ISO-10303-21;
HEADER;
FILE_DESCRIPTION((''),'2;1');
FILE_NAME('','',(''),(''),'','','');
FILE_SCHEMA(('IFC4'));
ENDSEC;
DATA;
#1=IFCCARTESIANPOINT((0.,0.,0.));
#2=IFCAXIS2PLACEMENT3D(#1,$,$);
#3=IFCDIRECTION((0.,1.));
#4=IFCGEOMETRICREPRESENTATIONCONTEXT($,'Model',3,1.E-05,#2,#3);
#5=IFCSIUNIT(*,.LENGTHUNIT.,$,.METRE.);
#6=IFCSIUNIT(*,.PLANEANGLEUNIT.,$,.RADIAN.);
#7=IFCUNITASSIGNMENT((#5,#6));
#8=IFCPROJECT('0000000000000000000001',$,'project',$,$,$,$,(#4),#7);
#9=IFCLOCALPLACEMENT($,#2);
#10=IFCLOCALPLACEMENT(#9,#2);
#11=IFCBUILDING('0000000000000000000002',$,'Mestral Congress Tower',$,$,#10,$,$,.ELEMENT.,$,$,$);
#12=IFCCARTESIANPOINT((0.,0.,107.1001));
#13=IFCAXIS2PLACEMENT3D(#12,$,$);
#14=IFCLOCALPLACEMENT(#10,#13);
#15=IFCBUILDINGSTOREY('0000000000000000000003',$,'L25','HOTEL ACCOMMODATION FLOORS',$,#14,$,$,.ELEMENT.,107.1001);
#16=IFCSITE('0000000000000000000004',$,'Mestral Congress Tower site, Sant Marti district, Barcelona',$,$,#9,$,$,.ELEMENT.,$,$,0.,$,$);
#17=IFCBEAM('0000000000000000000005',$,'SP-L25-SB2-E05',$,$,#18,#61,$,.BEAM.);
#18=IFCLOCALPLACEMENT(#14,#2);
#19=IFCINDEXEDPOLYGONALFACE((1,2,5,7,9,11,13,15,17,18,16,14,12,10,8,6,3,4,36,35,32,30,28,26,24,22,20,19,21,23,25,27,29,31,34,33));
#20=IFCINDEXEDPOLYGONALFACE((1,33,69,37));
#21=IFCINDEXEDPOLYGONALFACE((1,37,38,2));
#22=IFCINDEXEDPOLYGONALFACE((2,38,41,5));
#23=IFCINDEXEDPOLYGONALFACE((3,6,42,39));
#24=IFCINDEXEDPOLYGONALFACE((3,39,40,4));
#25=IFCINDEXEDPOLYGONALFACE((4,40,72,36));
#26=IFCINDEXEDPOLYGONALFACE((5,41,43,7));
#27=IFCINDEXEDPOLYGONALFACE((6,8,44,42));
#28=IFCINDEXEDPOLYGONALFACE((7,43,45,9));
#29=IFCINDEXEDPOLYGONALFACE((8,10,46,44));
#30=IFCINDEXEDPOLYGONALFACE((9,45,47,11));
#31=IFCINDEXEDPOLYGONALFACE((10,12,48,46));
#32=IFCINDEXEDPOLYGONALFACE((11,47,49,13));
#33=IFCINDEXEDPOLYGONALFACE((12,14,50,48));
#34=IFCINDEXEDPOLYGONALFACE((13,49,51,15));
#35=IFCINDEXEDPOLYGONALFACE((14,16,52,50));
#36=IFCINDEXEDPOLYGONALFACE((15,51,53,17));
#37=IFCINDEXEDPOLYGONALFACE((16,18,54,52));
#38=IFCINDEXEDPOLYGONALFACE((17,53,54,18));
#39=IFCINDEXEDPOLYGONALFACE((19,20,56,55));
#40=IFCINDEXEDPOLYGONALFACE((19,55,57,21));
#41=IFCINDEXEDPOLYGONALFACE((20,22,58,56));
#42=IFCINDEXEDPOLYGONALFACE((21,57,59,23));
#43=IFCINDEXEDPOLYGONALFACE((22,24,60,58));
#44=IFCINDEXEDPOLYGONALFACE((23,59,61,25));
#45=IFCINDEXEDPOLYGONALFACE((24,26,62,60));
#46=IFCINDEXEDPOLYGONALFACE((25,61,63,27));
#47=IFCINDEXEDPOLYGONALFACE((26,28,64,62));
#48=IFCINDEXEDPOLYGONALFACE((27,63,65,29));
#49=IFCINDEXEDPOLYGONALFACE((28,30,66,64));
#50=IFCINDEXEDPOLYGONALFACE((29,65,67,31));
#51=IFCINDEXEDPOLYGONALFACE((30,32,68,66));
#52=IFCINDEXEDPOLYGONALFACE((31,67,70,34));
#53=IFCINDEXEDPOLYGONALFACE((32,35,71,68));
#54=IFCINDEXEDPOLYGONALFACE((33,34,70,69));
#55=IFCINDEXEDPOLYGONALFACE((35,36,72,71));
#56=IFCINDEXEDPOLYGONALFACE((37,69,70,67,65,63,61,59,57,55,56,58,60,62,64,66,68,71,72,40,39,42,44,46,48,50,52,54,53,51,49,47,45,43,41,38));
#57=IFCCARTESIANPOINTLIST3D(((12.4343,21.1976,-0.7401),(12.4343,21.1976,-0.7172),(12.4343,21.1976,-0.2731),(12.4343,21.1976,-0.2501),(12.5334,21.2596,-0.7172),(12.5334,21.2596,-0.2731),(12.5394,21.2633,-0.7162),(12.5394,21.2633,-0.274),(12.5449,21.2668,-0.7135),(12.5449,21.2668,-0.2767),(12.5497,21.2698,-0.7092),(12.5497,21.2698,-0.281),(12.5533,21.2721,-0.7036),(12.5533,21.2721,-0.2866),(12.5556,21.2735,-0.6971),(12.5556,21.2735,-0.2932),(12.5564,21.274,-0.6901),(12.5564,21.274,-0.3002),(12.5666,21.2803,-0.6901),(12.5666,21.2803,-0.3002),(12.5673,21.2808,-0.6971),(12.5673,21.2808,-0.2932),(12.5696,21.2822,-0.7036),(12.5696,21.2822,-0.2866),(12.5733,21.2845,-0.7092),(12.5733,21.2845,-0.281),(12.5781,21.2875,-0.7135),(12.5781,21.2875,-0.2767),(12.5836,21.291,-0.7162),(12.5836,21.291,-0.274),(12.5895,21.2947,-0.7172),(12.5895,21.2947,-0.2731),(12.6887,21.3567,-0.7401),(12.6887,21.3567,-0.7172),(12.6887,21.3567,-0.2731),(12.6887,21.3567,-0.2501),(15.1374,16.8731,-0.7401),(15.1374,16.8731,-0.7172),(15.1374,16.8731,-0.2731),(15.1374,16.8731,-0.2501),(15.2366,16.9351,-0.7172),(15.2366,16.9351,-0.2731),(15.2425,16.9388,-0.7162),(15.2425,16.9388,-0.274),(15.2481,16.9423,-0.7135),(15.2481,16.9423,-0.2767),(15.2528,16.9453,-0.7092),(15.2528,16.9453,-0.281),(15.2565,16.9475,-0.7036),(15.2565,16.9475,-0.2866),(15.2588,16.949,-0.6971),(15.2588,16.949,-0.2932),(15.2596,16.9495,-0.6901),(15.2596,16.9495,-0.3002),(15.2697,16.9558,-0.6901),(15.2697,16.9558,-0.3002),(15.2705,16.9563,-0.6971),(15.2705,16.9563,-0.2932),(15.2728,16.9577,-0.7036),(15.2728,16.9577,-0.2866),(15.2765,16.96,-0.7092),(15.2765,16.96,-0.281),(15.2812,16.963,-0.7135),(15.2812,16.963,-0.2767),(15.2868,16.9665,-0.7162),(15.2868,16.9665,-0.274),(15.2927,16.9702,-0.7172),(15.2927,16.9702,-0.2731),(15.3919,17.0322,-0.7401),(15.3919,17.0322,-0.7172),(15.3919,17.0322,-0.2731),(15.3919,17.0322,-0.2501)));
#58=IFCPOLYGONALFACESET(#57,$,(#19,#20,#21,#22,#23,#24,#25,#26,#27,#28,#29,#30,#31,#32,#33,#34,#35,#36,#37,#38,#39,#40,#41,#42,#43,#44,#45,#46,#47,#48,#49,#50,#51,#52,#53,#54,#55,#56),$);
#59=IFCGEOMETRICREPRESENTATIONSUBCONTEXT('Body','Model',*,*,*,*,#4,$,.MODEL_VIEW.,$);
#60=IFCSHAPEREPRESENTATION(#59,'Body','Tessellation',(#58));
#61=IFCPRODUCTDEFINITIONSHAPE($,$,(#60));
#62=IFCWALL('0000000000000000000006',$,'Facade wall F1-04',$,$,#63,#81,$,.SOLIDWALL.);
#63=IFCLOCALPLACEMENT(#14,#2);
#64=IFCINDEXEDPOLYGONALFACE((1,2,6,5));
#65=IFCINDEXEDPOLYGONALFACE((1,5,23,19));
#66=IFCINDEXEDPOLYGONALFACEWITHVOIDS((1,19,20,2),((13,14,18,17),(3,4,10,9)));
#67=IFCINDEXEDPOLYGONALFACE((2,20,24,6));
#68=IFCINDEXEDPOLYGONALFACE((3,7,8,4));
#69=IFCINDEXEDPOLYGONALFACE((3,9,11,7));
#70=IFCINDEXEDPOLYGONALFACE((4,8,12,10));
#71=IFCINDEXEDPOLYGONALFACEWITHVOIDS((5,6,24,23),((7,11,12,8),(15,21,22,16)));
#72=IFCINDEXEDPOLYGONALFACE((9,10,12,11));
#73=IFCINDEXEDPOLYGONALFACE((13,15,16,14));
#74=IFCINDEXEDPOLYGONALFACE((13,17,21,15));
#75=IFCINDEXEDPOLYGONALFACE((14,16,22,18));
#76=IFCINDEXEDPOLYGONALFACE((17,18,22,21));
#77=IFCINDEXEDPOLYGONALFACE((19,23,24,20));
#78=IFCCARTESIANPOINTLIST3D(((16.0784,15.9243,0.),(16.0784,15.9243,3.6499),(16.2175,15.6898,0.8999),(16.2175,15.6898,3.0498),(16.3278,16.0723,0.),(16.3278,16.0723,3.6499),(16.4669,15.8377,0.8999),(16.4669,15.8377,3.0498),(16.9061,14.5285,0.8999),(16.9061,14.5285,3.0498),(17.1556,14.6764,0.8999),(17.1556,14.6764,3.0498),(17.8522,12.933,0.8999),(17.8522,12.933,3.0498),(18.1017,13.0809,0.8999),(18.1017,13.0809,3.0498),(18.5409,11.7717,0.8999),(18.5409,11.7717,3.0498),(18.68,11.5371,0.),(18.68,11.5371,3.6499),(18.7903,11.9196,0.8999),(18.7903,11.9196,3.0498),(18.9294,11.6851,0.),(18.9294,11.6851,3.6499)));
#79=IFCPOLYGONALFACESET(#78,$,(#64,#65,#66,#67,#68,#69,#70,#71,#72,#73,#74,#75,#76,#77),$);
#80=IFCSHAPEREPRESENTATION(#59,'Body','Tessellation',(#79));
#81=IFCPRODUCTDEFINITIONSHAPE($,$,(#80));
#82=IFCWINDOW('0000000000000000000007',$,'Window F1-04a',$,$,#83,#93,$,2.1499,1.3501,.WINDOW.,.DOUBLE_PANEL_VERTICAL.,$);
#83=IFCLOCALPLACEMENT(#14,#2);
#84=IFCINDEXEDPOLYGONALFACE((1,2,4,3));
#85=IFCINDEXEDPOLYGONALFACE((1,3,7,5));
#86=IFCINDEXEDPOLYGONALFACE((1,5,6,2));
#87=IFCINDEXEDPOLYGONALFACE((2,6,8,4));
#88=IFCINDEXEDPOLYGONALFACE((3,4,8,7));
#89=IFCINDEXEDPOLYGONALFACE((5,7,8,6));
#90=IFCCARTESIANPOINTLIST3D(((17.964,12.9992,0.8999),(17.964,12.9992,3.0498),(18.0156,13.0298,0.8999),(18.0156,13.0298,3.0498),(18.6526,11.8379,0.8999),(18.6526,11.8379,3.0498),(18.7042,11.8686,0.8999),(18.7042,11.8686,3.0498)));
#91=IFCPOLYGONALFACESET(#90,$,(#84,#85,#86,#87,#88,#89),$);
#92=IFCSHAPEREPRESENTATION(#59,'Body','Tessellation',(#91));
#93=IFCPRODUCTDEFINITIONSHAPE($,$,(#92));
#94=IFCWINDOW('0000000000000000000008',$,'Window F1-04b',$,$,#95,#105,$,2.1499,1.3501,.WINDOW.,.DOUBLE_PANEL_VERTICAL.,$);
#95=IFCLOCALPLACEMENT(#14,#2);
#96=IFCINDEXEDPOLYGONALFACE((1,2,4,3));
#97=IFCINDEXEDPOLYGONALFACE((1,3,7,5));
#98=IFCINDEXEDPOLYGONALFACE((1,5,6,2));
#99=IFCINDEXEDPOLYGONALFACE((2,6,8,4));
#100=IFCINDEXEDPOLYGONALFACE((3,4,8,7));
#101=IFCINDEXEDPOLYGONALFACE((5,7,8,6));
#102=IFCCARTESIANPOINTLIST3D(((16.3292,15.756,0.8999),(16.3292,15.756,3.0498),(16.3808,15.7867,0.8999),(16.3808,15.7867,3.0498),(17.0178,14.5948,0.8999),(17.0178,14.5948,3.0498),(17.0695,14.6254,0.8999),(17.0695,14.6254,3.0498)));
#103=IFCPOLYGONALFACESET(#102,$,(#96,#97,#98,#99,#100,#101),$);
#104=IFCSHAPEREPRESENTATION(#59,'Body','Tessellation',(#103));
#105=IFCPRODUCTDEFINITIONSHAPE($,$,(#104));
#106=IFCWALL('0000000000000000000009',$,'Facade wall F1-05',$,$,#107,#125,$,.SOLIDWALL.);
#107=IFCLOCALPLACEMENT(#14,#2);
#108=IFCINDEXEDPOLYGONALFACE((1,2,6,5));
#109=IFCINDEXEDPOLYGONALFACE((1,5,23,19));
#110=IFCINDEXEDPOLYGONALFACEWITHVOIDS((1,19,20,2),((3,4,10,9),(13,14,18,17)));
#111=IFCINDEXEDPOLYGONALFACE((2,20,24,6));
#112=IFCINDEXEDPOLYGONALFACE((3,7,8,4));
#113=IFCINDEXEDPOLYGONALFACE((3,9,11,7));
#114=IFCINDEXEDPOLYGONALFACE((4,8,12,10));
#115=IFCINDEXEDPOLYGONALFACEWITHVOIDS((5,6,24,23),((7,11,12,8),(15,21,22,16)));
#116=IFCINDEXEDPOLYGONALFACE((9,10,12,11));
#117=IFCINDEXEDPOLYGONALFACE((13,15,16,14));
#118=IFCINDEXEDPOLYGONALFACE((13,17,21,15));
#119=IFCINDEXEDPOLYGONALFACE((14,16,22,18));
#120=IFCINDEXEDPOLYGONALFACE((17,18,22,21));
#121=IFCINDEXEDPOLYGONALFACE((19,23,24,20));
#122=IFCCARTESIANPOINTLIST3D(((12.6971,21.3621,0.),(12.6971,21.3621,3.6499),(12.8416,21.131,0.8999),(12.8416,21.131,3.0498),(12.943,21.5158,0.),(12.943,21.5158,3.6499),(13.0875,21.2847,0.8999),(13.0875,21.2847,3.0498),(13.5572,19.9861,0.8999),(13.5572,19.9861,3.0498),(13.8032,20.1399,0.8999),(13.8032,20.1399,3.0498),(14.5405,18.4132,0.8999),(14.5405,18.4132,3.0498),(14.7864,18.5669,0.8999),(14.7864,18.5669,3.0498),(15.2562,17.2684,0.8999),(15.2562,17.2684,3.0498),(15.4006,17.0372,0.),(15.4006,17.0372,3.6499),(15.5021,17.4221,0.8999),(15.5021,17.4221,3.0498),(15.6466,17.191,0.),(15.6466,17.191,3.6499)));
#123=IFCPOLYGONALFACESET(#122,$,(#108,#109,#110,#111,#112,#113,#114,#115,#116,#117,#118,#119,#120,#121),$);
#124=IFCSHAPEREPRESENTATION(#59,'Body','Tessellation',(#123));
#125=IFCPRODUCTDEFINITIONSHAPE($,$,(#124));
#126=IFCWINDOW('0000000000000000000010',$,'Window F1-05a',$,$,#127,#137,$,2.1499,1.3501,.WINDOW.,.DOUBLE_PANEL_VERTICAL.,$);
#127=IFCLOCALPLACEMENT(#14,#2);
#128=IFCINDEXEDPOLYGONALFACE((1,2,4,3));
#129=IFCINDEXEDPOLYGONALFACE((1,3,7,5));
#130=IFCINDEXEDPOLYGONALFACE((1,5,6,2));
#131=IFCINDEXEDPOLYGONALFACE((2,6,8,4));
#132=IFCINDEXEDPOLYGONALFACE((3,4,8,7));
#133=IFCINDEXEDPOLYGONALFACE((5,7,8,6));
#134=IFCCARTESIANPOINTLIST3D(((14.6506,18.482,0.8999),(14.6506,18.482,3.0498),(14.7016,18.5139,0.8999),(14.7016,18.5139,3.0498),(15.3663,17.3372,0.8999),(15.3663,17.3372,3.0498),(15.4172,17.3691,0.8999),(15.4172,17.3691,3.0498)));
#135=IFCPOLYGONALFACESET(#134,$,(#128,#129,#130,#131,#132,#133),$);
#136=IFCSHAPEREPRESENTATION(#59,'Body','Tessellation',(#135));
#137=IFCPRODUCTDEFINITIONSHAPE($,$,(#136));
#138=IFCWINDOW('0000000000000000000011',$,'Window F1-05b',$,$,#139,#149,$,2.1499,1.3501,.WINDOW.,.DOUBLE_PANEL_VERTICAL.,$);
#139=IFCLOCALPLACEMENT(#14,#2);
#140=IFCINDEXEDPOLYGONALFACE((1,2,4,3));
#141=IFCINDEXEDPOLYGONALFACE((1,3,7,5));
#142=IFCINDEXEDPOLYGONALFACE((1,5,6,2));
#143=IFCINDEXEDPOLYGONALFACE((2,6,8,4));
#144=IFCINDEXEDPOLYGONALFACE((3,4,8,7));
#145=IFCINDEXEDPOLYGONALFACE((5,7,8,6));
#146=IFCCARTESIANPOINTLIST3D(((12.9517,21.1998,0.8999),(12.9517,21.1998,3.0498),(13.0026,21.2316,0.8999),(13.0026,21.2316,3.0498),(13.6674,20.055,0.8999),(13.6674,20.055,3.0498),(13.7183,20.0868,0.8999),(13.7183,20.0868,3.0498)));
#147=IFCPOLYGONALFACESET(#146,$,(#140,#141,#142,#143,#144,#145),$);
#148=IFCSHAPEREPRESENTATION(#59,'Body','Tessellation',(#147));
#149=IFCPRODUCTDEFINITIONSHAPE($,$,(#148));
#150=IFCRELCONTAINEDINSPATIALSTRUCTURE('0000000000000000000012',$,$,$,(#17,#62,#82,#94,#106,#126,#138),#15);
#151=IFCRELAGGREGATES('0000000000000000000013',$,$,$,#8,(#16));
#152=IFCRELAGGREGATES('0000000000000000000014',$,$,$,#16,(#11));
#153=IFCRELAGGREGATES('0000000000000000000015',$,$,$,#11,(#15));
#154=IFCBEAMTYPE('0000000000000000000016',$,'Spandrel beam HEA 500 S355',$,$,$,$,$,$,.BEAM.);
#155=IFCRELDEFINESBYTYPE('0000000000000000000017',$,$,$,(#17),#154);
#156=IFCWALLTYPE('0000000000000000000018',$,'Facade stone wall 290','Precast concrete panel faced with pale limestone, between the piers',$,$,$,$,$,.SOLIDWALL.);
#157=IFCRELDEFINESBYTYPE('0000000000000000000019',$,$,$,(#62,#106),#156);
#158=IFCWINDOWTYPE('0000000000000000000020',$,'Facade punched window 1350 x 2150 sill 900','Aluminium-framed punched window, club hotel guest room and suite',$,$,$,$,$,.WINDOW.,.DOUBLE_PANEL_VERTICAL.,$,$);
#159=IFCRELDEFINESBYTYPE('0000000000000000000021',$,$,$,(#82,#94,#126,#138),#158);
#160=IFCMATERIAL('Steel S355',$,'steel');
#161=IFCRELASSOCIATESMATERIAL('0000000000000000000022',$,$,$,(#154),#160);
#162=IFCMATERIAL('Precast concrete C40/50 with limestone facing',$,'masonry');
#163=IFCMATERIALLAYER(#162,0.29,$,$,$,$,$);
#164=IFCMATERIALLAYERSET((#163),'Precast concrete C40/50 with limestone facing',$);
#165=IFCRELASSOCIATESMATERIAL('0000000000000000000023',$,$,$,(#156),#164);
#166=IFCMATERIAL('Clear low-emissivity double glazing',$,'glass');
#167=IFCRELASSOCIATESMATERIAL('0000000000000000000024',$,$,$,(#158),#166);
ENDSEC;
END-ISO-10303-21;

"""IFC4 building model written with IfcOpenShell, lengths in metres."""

from ifc_helpers import new_model, si_unit, direction, frame, frame_2d, origin, origin_2d, place, context, subcontext, project, spatial, rectangle, i_section, extrude, material, layer, layer_set, material_profile, profile_set, type_object, element, fill, save


model = new_model("IFC4")

# Units and contexts
model_context = context("Model", 3, precision=1e-05, world=origin(), true_north=direction((0.0, 1.0)))
body_context = subcontext(model_context, "Body", "Model", "MODEL_VIEW")
ifc_project = project(units=[si_unit("LENGTHUNIT", "METRE"), si_unit("PLANEANGLEUNIT", "RADIAN")], contexts=[model_context])

# Site, building, storey
site_placement = place(None, origin())
site = spatial("IfcSite", under=ifc_project, at=site_placement, Name="Mestral Congress Tower site, Sant Marti district, Barcelona", CompositionType="ELEMENT", RefElevation=0.0)
building_placement = place(site_placement, origin())
building = spatial("IfcBuilding", under=site, at=building_placement, Name="Mestral Congress Tower", CompositionType="ELEMENT")
storey_placement = place(building_placement, frame((0.0, 0.0, 107.1001)))
storey = spatial("IfcBuildingStorey", under=building, at=storey_placement, Name="L25", Description="HOTEL ACCOMMODATION FLOORS", CompositionType="ELEMENT", Elevation=107.1001)

# Beam
ifc_material_1 = material(Name="Steel S355", Category="steel")
ifc_material_profile_1 = material_profile(ifc_material_1, i_section(OverallWidth=0.3, OverallDepth=0.49, WebThickness=0.012, FlangeThickness=0.0229, FilletRadius=0.0271, at=origin_2d()), Name="HEA 500")
ifc_profile_set_1 = profile_set([ifc_material_profile_1], Name="Steel S355")
beam_type_1 = type_object("IfcBeamType", Name="Spandrel beam HEA 500 S355", PredefinedType="BEAM", material=ifc_profile_set_1)
for number, where, z_axis, x_axis, name in (
    (1, (15.2646, 16.9526, -0.4951), (-0.530046, 0.847969, 0.0), (-0.847969, -0.530046, 0.0), "SP-L25-SB2-E05"),
):
    element("IfcBeam", number, at=place(storey_placement, frame(where, z_axis=z_axis, x_axis=x_axis)), inside=storey, type_object=beam_type_1, Name=name, PredefinedType="BEAM", context=body_context, shape_type="SweptSolid", body=[
        extrude(i_section(OverallWidth=0.3, OverallDepth=0.49, WebThickness=0.012, FlangeThickness=0.0229, FilletRadius=0.0271, at=origin_2d()), origin(), (0.0, 0.0, 1.0), 5.0999),
    ])

# Walls, openings, windows
ifc_material_2 = material(Name="Precast concrete C40/50 with limestone facing", Category="masonry")
ifc_layer_1 = layer(ifc_material_2, 0.29)
ifc_layer_set_1 = layer_set([ifc_layer_1], Name="Precast concrete C40/50 with limestone facing")
wall_type_1 = type_object("IfcWallType", Name="Facade stone wall 290", Description="Precast concrete panel faced with pale limestone, between the piers", PredefinedType="SOLIDWALL", material=ifc_layer_set_1)
wall_1_placement = place(storey_placement, frame((18.8047, 11.6111, 0.0), z_axis=(0.0, 0.0, 1.0), x_axis=(-0.510054, 0.860142, 0.0)))
wall_1 = element("IfcWall", 2, at=wall_1_placement, inside=storey, type_object=wall_type_1, Name="Facade wall F1-04", PredefinedType="SOLIDWALL", context=body_context, shape_type="SweptSolid", body=[
    extrude(rectangle(XDim=5.1006, YDim=0.29, at=frame_2d((2.5503, 0.0))), origin(), (0.0, 0.0, 1.0), 3.6499),
])
opening_1_placement = place(wall_1_placement, frame((0.2727, 0.0, 0.8999)))
opening_1 = element("IfcOpeningElement", 3, at=opening_1_placement, cuts=wall_1, PredefinedType="OPENING", context=body_context, shape_type="SweptSolid", body=[
    extrude(rectangle(XDim=1.3501, YDim=2.1499, at=frame_2d((0.675, 1.075))), frame((0.0, 0.155, 0.0), z_axis=(0.0, -1.0, 0.0), x_axis=(1.0, 0.0, 0.0)), (0.0, 0.0, 1.0), 0.3101),
])
opening_2_placement = place(wall_1_placement, frame((3.4778, 0.0, 0.8999)))
opening_2 = element("IfcOpeningElement", 4, at=opening_2_placement, cuts=wall_1, PredefinedType="OPENING", context=body_context, shape_type="SweptSolid", body=[
    extrude(rectangle(XDim=1.3501, YDim=2.1499, at=frame_2d((0.675, 1.075))), frame((0.0, 0.155, 0.0), z_axis=(0.0, -1.0, 0.0), x_axis=(1.0, 0.0, 0.0)), (0.0, 0.0, 1.0), 0.3101),
])
ifc_material_3 = material(Name="Clear low-emissivity double glazing", Category="glass")
window_type = type_object("IfcWindowType", Name="Facade punched window 1350 x 2150 sill 900", Description="Aluminium-framed punched window, club hotel guest room and suite", PartitioningType="DOUBLE_PANEL_VERTICAL", PredefinedType="WINDOW", material=ifc_material_3)
window_1_placement = place(opening_1_placement, origin())
window_1 = element("IfcWindow", 5, at=window_1_placement, inside=storey, type_object=window_type, Name="Window F1-04a", OverallHeight=2.1499, OverallWidth=1.3501, PartitioningType="DOUBLE_PANEL_VERTICAL", PredefinedType="WINDOW", context=body_context, shape_type="SweptSolid", body=[
    extrude(rectangle(XDim=1.3501, YDim=2.1499, at=frame_2d((0.675, 1.075))), frame((0.0, 0.0151, 0.0), z_axis=(0.0, -1.0, 0.0), x_axis=(1.0, 0.0, 0.0)), (0.0, 0.0, 1.0), 0.0601),
])
fill(opening_1, window_1)
window_2_placement = place(opening_2_placement, origin())
window_2 = element("IfcWindow", 6, at=window_2_placement, inside=storey, type_object=window_type, Name="Window F1-04b", OverallHeight=2.1499, OverallWidth=1.3501, PartitioningType="DOUBLE_PANEL_VERTICAL", PredefinedType="WINDOW", context=body_context, shape_type="SweptSolid", body=[
    extrude(rectangle(XDim=1.3501, YDim=2.1499, at=frame_2d((0.675, 1.075))), frame((0.0, 0.0151, 0.0), z_axis=(0.0, -1.0, 0.0), x_axis=(1.0, 0.0, 0.0)), (0.0, 0.0, 1.0), 0.0601),
])
fill(opening_2, window_2)
wall_2_placement = place(storey_placement, frame((15.5237, 17.114, 0.0), z_axis=(0.0, 0.0, 1.0), x_axis=(-0.530072, 0.847953, 0.0)))
wall_2 = element("IfcWall", 7, at=wall_2_placement, inside=storey, type_object=wall_type_1, Name="Facade wall F1-05", PredefinedType="SOLIDWALL", context=body_context, shape_type="SweptSolid", body=[
    extrude(rectangle(XDim=5.1003, YDim=0.29, at=frame_2d((2.5503, 0.0))), origin(), (0.0, 0.0, 1.0), 3.6499),
])
opening_3_placement = place(wall_2_placement, frame((0.2727, 0.0, 0.8999)))
opening_3 = element("IfcOpeningElement", 8, at=opening_3_placement, cuts=wall_2, PredefinedType="OPENING", context=body_context, shape_type="SweptSolid", body=[
    extrude(rectangle(XDim=1.3501, YDim=2.1499, at=frame_2d((0.675, 1.075))), frame((0.0, 0.155, 0.0), z_axis=(0.0, -1.0, 0.0), x_axis=(1.0, 0.0, 0.0)), (0.0, 0.0, 1.0), 0.3101),
])
opening_4_placement = place(wall_2_placement, frame((3.4778, 0.0, 0.8999)))
opening_4 = element("IfcOpeningElement", 9, at=opening_4_placement, cuts=wall_2, PredefinedType="OPENING", context=body_context, shape_type="SweptSolid", body=[
    extrude(rectangle(XDim=1.3501, YDim=2.1499, at=frame_2d((0.675, 1.075))), frame((0.0, 0.155, 0.0), z_axis=(0.0, -1.0, 0.0), x_axis=(1.0, 0.0, 0.0)), (0.0, 0.0, 1.0), 0.3101),
])
window_3_placement = place(opening_3_placement, origin())
window_3 = element("IfcWindow", 10, at=window_3_placement, inside=storey, type_object=window_type, Name="Window F1-05a", OverallHeight=2.1499, OverallWidth=1.3501, PartitioningType="DOUBLE_PANEL_VERTICAL", PredefinedType="WINDOW", context=body_context, shape_type="SweptSolid", body=[
    extrude(rectangle(XDim=1.3501, YDim=2.1499, at=frame_2d((0.675, 1.075))), frame((0.0, 0.0151, 0.0), z_axis=(0.0, -1.0, 0.0), x_axis=(1.0, 0.0, 0.0)), (0.0, 0.0, 1.0), 0.0601),
])
fill(opening_3, window_3)
window_4_placement = place(opening_4_placement, origin())
window_4 = element("IfcWindow", 11, at=window_4_placement, inside=storey, type_object=window_type, Name="Window F1-05b", OverallHeight=2.1499, OverallWidth=1.3501, PartitioningType="DOUBLE_PANEL_VERTICAL", PredefinedType="WINDOW", context=body_context, shape_type="SweptSolid", body=[
    extrude(rectangle(XDim=1.3501, YDim=2.1499, at=frame_2d((0.675, 1.075))), frame((0.0, 0.0151, 0.0), z_axis=(0.0, -1.0, 0.0), x_axis=(1.0, 0.0, 0.0)), (0.0, 0.0, 1.0), 0.0601),
])
fill(opening_4, window_4)

save(model, "model.ifc")
